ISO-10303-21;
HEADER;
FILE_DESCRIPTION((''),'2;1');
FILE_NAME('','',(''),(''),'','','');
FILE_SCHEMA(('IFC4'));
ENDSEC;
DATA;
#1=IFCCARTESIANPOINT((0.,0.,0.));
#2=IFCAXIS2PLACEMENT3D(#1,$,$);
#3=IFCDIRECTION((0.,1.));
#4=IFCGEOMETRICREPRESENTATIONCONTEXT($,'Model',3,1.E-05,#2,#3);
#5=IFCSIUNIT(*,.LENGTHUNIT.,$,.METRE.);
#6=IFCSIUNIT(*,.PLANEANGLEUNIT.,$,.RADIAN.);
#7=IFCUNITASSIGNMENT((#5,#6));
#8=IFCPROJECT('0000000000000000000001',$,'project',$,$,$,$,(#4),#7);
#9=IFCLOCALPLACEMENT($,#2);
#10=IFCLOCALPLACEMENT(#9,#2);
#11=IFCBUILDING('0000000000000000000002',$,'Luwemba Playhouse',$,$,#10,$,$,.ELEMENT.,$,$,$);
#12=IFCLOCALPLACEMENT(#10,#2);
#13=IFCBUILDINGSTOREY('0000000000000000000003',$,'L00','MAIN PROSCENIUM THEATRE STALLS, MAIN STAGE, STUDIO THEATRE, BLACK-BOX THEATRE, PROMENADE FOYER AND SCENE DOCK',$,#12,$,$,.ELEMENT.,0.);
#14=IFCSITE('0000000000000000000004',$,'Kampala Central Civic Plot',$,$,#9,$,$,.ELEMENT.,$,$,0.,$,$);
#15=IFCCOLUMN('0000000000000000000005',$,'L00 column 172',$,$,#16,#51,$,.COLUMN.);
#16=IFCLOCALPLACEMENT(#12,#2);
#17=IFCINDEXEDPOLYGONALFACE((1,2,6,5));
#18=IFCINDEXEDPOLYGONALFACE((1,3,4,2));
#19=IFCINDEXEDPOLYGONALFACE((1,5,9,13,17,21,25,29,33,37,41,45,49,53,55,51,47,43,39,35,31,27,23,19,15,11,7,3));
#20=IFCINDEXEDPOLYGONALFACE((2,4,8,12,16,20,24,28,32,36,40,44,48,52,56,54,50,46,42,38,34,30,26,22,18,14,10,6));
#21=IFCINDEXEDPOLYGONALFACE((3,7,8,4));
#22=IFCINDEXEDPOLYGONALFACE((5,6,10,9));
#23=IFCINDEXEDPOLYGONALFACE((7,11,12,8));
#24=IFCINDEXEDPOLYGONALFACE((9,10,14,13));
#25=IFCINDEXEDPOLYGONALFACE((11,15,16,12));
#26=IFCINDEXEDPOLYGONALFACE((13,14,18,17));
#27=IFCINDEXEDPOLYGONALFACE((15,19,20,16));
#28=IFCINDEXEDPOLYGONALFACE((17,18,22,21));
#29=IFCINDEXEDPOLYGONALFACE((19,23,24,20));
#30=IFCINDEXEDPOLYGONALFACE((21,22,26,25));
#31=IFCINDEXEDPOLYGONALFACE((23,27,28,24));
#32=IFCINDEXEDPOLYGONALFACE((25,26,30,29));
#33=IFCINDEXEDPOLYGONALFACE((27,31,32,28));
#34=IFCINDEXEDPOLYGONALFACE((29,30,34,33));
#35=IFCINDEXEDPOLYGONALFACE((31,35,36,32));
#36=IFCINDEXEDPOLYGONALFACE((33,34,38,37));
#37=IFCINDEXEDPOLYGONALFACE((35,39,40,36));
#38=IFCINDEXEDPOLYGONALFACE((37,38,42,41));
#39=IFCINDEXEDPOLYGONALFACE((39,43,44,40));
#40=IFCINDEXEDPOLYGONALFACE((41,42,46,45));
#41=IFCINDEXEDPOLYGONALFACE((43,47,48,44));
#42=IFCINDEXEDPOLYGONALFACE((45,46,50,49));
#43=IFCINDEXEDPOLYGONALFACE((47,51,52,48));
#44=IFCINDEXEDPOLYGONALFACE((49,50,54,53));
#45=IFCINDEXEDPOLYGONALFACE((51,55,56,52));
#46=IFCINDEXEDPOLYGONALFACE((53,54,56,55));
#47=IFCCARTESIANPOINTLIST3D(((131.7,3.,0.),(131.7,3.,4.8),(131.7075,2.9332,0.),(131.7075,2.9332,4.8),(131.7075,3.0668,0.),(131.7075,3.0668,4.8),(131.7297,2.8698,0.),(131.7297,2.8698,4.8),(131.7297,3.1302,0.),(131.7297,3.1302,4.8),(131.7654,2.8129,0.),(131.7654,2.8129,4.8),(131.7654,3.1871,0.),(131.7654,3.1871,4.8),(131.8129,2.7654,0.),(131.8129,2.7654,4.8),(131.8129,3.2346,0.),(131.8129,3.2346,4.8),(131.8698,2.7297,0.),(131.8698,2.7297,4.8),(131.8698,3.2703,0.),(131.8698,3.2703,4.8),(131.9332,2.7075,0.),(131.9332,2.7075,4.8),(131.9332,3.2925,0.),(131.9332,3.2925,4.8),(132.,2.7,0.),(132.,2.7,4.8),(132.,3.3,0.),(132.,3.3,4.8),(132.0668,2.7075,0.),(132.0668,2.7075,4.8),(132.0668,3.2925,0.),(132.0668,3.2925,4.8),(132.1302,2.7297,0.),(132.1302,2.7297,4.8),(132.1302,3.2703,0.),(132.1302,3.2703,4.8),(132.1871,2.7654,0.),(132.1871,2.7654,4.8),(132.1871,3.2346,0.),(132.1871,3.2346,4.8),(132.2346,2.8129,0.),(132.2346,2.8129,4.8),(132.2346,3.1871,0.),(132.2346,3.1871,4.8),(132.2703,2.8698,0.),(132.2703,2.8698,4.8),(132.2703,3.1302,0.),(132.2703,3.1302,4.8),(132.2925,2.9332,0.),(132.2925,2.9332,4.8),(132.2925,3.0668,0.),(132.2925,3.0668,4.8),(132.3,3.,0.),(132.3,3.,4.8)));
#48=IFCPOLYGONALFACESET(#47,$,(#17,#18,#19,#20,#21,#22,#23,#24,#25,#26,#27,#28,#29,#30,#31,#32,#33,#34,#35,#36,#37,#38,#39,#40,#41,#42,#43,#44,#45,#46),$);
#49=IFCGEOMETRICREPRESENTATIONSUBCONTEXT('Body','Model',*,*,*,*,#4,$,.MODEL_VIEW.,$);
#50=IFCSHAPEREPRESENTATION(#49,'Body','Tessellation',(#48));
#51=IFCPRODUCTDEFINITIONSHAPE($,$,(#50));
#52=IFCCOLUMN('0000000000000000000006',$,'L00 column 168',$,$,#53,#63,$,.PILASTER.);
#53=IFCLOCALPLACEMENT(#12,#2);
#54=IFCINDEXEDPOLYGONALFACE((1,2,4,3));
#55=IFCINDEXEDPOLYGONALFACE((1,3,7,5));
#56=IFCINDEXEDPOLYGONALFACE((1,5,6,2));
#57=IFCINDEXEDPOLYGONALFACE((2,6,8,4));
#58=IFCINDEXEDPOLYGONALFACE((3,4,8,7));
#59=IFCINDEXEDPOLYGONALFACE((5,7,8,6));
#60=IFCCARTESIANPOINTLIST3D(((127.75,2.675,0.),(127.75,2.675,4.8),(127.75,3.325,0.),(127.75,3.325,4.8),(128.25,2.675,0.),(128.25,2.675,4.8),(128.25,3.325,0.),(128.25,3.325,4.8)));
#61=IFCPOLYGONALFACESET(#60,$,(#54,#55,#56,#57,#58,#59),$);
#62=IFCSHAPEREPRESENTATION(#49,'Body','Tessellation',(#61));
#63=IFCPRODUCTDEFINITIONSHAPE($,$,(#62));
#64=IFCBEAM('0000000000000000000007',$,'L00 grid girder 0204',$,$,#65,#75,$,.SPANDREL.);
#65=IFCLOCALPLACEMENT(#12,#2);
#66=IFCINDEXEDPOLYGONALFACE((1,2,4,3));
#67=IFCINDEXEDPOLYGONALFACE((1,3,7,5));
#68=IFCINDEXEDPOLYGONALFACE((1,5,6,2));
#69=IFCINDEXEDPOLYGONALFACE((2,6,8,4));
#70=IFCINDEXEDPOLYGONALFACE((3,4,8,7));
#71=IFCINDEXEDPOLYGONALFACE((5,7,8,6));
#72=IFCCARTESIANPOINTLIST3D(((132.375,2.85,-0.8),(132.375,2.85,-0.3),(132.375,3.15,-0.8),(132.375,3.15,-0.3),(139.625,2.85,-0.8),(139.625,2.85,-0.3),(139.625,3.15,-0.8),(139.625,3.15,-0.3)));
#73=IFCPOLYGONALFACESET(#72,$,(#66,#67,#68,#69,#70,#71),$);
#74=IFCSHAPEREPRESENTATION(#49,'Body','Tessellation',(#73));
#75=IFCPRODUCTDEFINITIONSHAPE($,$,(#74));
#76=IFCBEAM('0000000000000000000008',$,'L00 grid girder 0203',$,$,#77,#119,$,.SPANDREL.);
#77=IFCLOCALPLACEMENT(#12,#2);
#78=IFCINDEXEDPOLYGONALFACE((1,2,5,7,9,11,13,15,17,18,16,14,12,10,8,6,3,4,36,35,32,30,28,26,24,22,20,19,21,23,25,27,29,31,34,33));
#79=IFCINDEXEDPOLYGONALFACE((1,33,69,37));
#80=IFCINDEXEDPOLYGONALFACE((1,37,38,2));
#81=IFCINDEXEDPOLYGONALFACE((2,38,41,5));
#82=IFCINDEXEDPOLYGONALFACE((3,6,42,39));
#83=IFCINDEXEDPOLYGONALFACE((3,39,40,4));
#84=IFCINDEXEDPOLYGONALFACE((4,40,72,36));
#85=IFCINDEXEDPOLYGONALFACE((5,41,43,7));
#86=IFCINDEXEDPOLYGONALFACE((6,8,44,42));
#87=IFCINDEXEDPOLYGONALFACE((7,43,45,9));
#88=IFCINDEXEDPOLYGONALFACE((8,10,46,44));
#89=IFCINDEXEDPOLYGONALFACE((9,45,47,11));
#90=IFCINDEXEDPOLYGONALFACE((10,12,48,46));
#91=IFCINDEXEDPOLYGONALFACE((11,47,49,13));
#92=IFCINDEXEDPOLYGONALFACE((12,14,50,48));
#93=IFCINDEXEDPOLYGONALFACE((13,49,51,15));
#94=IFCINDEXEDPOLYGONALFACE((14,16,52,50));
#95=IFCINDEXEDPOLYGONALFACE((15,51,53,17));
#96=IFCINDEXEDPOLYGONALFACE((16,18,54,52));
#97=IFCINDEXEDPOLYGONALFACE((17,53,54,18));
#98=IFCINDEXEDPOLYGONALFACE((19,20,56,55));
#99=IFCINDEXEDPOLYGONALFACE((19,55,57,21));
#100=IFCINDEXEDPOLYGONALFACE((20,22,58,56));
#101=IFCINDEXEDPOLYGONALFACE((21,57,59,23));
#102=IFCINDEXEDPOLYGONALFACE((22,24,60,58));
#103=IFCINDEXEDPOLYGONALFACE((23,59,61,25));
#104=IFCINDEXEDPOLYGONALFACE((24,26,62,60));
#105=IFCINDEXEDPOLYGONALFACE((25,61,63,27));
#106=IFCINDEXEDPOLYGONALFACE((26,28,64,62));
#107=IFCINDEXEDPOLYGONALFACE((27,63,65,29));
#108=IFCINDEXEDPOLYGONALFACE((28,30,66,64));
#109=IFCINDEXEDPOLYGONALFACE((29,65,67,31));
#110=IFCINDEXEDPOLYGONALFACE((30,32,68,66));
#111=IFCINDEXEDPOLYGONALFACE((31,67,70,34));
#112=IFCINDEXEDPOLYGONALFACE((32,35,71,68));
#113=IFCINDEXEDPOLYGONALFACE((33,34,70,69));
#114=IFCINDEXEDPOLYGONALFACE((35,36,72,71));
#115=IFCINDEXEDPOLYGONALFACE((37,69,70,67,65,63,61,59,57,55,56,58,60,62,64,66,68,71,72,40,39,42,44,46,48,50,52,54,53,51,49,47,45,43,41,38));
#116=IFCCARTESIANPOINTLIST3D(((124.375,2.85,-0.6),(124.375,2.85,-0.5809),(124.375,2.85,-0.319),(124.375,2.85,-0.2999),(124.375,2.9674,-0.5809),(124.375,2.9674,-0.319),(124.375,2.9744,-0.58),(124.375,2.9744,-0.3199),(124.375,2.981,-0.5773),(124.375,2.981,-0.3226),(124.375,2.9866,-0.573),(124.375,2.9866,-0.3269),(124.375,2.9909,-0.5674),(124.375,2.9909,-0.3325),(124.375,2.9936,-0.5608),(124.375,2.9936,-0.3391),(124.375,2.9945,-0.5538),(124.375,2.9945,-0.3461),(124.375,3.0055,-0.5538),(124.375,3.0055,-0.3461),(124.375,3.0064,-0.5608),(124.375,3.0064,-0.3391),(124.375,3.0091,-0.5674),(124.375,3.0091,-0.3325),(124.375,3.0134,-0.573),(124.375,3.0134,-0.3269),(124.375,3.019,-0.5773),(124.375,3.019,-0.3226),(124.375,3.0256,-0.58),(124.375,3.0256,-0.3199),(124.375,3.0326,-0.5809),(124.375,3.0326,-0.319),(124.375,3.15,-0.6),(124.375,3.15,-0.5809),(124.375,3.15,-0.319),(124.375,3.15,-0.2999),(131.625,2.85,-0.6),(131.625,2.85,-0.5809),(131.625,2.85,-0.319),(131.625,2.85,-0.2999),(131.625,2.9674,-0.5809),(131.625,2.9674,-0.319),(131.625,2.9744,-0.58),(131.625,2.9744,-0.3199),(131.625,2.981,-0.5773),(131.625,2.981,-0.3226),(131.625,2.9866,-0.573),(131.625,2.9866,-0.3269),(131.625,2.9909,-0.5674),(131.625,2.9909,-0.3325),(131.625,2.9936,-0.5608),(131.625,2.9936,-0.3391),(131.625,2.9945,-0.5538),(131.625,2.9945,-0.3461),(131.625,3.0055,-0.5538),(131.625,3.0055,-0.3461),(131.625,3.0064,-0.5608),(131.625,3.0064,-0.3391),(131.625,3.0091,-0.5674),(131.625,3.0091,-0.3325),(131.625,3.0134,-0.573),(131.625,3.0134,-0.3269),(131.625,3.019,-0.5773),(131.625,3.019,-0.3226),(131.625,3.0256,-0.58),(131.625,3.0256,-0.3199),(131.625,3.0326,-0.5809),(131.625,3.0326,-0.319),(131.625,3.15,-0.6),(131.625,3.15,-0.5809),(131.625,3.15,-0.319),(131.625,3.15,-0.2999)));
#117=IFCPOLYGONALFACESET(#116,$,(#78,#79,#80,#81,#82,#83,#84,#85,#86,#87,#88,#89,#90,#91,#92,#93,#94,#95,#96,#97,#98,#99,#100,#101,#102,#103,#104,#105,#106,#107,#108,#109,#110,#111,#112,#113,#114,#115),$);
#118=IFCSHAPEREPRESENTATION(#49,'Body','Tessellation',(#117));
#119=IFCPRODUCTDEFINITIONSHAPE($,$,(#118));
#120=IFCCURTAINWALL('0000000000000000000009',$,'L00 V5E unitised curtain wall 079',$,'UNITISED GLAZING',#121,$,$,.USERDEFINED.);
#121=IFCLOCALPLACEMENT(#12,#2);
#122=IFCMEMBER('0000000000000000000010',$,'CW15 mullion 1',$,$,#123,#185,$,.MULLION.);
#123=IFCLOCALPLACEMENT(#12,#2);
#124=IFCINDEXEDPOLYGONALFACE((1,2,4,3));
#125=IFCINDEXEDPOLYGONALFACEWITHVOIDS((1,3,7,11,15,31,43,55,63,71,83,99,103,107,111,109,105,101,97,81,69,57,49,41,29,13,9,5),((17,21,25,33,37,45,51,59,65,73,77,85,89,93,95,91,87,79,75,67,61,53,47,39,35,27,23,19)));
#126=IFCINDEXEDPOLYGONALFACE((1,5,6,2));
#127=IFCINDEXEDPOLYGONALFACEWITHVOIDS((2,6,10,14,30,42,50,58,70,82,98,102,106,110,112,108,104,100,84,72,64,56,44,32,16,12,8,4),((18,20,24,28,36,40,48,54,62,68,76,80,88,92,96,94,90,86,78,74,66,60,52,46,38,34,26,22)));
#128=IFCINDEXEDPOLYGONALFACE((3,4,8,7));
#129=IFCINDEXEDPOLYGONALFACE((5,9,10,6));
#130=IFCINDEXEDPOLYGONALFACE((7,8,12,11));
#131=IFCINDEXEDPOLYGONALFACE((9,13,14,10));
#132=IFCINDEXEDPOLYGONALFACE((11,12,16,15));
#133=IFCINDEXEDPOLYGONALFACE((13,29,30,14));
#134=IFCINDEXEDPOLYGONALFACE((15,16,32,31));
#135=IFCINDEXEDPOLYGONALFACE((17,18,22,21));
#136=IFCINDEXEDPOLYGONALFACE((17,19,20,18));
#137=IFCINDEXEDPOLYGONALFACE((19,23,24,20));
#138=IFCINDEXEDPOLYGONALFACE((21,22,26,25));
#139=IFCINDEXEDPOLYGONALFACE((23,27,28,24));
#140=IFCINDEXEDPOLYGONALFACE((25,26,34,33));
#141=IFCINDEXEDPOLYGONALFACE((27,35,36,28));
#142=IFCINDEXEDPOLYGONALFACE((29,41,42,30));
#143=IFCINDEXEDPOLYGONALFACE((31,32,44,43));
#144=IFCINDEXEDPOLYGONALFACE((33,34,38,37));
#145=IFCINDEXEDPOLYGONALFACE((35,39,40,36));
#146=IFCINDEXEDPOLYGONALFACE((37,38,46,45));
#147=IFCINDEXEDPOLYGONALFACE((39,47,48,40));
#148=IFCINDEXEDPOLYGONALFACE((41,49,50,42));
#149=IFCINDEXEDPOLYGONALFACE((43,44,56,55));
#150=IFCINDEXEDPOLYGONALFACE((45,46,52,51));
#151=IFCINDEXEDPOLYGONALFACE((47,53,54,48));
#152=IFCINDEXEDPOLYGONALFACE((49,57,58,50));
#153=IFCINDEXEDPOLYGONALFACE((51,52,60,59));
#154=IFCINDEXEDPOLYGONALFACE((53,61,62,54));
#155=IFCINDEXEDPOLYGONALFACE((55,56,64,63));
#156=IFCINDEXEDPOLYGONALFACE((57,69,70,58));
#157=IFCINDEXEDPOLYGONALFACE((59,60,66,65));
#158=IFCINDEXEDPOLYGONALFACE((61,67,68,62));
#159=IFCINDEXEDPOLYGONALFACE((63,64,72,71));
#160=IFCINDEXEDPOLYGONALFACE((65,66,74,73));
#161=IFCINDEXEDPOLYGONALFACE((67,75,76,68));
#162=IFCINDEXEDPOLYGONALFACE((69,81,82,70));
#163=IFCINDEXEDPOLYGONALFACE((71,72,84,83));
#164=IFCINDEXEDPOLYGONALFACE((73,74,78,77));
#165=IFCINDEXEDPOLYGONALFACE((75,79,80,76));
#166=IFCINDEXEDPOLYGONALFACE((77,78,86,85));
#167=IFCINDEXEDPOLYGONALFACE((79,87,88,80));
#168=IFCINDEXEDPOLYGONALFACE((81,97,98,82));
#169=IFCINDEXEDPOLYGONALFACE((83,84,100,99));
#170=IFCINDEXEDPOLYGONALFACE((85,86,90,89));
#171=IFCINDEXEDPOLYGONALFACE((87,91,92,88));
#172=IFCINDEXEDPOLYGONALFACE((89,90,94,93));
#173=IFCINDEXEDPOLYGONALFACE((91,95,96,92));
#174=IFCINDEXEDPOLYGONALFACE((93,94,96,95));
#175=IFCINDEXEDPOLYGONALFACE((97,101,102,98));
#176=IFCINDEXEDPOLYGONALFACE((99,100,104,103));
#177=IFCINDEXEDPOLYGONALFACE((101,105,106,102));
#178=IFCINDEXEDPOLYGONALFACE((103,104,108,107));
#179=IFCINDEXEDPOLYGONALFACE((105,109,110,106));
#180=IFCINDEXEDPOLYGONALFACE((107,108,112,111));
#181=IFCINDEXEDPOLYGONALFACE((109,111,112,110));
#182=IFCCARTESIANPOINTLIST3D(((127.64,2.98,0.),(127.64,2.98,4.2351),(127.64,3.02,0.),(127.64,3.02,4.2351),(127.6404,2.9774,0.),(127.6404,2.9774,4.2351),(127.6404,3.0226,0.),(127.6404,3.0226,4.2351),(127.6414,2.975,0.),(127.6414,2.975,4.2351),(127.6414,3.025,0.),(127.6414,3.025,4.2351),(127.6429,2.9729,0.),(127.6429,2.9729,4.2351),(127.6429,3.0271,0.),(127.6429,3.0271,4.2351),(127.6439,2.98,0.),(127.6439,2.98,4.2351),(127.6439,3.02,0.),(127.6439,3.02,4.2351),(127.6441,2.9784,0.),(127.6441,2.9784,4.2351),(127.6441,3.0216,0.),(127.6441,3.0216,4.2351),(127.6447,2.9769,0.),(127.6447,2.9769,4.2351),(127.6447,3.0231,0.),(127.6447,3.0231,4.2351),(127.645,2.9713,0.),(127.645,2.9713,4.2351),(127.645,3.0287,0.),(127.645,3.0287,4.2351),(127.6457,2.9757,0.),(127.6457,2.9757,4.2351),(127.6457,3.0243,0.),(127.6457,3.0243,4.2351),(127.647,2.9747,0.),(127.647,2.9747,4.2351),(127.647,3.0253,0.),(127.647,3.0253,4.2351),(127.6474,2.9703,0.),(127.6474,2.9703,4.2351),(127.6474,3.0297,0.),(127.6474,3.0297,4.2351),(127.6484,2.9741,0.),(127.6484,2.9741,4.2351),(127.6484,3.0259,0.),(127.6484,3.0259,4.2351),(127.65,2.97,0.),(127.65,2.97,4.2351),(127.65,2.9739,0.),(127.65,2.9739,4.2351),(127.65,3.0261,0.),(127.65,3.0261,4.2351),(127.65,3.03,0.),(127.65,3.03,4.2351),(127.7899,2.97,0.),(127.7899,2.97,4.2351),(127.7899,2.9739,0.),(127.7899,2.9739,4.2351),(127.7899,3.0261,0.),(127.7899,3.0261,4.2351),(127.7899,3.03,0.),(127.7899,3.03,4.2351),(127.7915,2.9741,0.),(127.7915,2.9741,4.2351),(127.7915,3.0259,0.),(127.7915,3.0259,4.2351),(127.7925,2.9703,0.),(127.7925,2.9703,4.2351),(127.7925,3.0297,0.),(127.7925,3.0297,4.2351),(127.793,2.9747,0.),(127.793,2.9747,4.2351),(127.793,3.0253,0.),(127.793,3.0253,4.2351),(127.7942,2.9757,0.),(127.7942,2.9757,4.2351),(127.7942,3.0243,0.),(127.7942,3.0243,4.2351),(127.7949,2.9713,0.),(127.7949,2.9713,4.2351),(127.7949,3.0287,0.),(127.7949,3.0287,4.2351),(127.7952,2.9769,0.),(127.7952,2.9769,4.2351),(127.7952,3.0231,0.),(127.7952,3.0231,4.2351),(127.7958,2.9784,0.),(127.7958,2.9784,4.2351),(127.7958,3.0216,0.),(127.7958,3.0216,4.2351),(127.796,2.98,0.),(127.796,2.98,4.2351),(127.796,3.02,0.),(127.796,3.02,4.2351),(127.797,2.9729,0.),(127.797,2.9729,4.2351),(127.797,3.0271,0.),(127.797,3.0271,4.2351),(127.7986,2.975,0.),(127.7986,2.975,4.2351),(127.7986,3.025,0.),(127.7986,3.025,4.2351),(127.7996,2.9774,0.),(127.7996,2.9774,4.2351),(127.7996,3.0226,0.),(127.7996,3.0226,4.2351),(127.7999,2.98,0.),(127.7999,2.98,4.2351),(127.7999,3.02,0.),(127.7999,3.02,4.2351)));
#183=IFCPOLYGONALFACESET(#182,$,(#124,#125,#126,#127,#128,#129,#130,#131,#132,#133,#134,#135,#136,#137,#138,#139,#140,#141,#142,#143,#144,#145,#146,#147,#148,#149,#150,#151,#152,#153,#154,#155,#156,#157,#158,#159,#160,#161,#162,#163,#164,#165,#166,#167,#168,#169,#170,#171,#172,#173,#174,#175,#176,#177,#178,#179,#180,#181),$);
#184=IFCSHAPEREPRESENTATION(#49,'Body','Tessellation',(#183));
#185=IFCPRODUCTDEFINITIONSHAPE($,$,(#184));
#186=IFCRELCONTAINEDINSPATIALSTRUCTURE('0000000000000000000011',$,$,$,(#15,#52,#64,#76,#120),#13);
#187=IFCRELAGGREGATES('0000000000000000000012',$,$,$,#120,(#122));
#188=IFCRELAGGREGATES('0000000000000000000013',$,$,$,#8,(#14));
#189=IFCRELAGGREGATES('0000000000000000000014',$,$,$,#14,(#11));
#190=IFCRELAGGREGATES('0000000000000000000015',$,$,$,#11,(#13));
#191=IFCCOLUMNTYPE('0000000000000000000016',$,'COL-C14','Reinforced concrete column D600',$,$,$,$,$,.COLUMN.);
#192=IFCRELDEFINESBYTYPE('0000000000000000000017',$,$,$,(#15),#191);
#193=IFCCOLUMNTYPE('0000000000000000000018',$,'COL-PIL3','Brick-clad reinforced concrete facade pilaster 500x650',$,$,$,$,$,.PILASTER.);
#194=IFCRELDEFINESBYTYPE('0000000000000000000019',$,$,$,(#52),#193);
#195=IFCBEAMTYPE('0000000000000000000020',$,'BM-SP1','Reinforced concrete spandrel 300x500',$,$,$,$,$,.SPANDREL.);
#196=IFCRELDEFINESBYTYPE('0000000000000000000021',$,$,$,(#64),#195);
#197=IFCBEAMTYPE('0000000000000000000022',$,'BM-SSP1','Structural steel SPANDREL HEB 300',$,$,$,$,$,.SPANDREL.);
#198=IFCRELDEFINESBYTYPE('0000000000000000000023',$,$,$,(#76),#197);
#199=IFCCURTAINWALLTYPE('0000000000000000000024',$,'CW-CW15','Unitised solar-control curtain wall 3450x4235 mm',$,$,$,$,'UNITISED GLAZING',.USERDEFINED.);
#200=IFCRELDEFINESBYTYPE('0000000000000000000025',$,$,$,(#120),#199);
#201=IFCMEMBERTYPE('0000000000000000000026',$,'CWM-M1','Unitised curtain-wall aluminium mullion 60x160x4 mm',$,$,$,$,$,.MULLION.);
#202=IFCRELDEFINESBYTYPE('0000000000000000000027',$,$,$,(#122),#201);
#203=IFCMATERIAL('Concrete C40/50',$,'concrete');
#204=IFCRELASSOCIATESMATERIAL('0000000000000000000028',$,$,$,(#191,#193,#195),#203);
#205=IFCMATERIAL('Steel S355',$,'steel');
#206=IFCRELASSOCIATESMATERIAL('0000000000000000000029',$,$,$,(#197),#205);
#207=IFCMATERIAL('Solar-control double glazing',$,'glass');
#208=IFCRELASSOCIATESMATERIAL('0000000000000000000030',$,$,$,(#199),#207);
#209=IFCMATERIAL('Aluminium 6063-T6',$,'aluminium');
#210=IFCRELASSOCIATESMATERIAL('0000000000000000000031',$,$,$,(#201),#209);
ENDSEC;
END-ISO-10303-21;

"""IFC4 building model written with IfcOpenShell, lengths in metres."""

from ifc_helpers import new_model, si_unit, direction, frame, origin, origin_2d, place, context, subcontext, project, spatial, rectangle, hollow_rectangle, circle, i_section, extrude, material, material_profile, profile_set, type_object, element, aggregate, save


model = new_model("IFC4")

# Units and contexts
model_context = context("Model", 3, precision=1e-05, world=origin(), true_north=direction((0.0, 1.0)))
body_context = subcontext(model_context, "Body", "Model", "MODEL_VIEW")
ifc_project = project(units=[si_unit("LENGTHUNIT", "METRE"), si_unit("PLANEANGLEUNIT", "RADIAN")], contexts=[model_context])

# Site, building, storey
site_placement = place(None, origin())
site = spatial("IfcSite", under=ifc_project, at=site_placement, Name="Kampala Central Civic Plot", CompositionType="ELEMENT", RefElevation=0.0)
building_placement = place(site_placement, origin())
building = spatial("IfcBuilding", under=site, at=building_placement, Name="Luwemba Playhouse", CompositionType="ELEMENT")
storey_placement = place(building_placement, origin())
storey = spatial("IfcBuildingStorey", under=building, at=storey_placement, Name="L00", Description="MAIN PROSCENIUM THEATRE STALLS, MAIN STAGE, STUDIO THEATRE, BLACK-BOX THEATRE, PROMENADE FOYER AND SCENE DOCK", CompositionType="ELEMENT", Elevation=0.0)

# Columns
ifc_material_1 = material(Name="Concrete C40/50", Category="concrete")
ifc_material_profile_1 = material_profile(ifc_material_1, circle(Radius=0.3, at=origin_2d()))
ifc_profile_set_1 = profile_set([ifc_material_profile_1], Name="Concrete C40/50")
column_type_1 = type_object("IfcColumnType", Name="COL-C14", Description="Reinforced concrete column D600", PredefinedType="COLUMN", material=ifc_profile_set_1)
column_1_placement = place(storey_placement, frame((132.0, 3.0, 0.0), z_axis=(0.0, 0.0, 1.0), x_axis=(1.0, 0.0, 0.0)))
element("IfcColumn", 1, at=column_1_placement, inside=storey, type_object=column_type_1, Name="L00 column 172", PredefinedType="COLUMN", context=body_context, shape_type="SweptSolid", body=[
    extrude(circle(Radius=0.3, at=origin_2d()), origin(), (0.0, 0.0, 1.0), 4.8),
])
ifc_material_profile_2 = material_profile(ifc_material_1, rectangle(XDim=0.5, YDim=0.6499, at=origin_2d()))
ifc_profile_set_2 = profile_set([ifc_material_profile_2], Name="Concrete C40/50")
column_type_2 = type_object("IfcColumnType", Name="COL-PIL3", Description="Brick-clad reinforced concrete facade pilaster 500x650", PredefinedType="PILASTER", material=ifc_profile_set_2)
column_2_placement = place(storey_placement, frame((128.0, 3.0, 0.0), z_axis=(0.0, 0.0, 1.0), x_axis=(1.0, 0.0, 0.0)))
element("IfcColumn", 2, at=column_2_placement, inside=storey, type_object=column_type_2, Name="L00 column 168", PredefinedType="PILASTER", context=body_context, shape_type="SweptSolid", body=[
    extrude(rectangle(XDim=0.5, YDim=0.6499, at=origin_2d()), origin(), (0.0, 0.0, 1.0), 4.8),
])

# Beams
ifc_material_profile_3 = material_profile(ifc_material_1, rectangle(XDim=0.3, YDim=0.5, at=origin_2d()))
ifc_profile_set_3 = profile_set([ifc_material_profile_3], Name="Concrete C40/50")
beam_type_1 = type_object("IfcBeamType", Name="BM-SP1", Description="Reinforced concrete spandrel 300x500", PredefinedType="SPANDREL", material=ifc_profile_set_3)
beam_1_placement = place(storey_placement, frame((132.375, 3.0, -0.55), z_axis=(1.0, 0.0, 0.0), x_axis=(0.0, 1.0, 0.0)))
element("IfcBeam", 3, at=beam_1_placement, inside=storey, type_object=beam_type_1, Name="L00 grid girder 0204", PredefinedType="SPANDREL", context=body_context, shape_type="SweptSolid", body=[
    extrude(rectangle(XDim=0.3, YDim=0.5, at=origin_2d()), origin(), (0.0, 0.0, 1.0), 7.25),
])
ifc_material_2 = material(Name="Steel S355", Category="steel")
ifc_material_profile_4 = material_profile(ifc_material_2, i_section(OverallWidth=0.3, OverallDepth=0.3, WebThickness=0.011, FlangeThickness=0.019, FilletRadius=0.0271, at=origin_2d()))
ifc_profile_set_4 = profile_set([ifc_material_profile_4], Name="Steel S355")
beam_type_2 = type_object("IfcBeamType", Name="BM-SSP1", Description="Structural steel SPANDREL HEB 300", PredefinedType="SPANDREL", material=ifc_profile_set_4)
beam_2_placement = place(storey_placement, frame((124.375, 3.0, -0.45), z_axis=(1.0, 0.0, 0.0), x_axis=(0.0, 1.0, 0.0)))
element("IfcBeam", 4, at=beam_2_placement, inside=storey, type_object=beam_type_2, Name="L00 grid girder 0203", PredefinedType="SPANDREL", context=body_context, shape_type="SweptSolid", body=[
    extrude(i_section(OverallWidth=0.3, OverallDepth=0.3, WebThickness=0.011, FlangeThickness=0.019, FilletRadius=0.0271, at=origin_2d()), origin(), (0.0, 0.0, 1.0), 7.25),
])

# Curtain wall, member
ifc_material_3 = material(Name="Solar-control double glazing", Category="glass")
curtain_wall_type_1 = type_object("IfcCurtainWallType", Name="CW-CW15", Description="Unitised solar-control curtain wall 3450x4235 mm", ElementType="UNITISED GLAZING", PredefinedType="USERDEFINED", material=ifc_material_3)
curtain_wall_1_placement = place(storey_placement, origin())
curtain_wall_1 = element("IfcCurtainWall", 5, at=curtain_wall_1_placement, inside=storey, type_object=curtain_wall_type_1, Name="L00 V5E unitised curtain wall 079", ObjectType="UNITISED GLAZING", PredefinedType="USERDEFINED")
ifc_material_4 = material(Name="Aluminium 6063-T6", Category="aluminium")
ifc_material_profile_5 = material_profile(ifc_material_4, hollow_rectangle(XDim=0.0601, YDim=0.1599, WallThickness=0.0039, InnerFilletRadius=0.0061, OuterFilletRadius=0.01, at=origin_2d()))
ifc_profile_set_5 = profile_set([ifc_material_profile_5], Name="Aluminium 6063-T6")
member_type_1 = type_object("IfcMemberType", Name="CWM-M1", Description="Unitised curtain-wall aluminium mullion 60x160x4 mm", PredefinedType="MULLION", material=ifc_profile_set_5)
member_1_placement = place(storey_placement, frame((127.72, 3.0, 0.0), z_axis=(0.0, 0.0, 1.0), x_axis=(0.0, -1.0, 0.0)))
member_1 = element("IfcMember", 6, at=member_1_placement, type_object=member_type_1, Name="CW15 mullion 1", PredefinedType="MULLION", context=body_context, shape_type="SweptSolid", body=[
    extrude(hollow_rectangle(XDim=0.0601, YDim=0.1599, WallThickness=0.0039, InnerFilletRadius=0.0061, OuterFilletRadius=0.01, at=origin_2d()), origin(), (0.0, 0.0, 1.0), 4.2351),
])

aggregate(curtain_wall_1, [member_1])

save(model, "model.ifc")
